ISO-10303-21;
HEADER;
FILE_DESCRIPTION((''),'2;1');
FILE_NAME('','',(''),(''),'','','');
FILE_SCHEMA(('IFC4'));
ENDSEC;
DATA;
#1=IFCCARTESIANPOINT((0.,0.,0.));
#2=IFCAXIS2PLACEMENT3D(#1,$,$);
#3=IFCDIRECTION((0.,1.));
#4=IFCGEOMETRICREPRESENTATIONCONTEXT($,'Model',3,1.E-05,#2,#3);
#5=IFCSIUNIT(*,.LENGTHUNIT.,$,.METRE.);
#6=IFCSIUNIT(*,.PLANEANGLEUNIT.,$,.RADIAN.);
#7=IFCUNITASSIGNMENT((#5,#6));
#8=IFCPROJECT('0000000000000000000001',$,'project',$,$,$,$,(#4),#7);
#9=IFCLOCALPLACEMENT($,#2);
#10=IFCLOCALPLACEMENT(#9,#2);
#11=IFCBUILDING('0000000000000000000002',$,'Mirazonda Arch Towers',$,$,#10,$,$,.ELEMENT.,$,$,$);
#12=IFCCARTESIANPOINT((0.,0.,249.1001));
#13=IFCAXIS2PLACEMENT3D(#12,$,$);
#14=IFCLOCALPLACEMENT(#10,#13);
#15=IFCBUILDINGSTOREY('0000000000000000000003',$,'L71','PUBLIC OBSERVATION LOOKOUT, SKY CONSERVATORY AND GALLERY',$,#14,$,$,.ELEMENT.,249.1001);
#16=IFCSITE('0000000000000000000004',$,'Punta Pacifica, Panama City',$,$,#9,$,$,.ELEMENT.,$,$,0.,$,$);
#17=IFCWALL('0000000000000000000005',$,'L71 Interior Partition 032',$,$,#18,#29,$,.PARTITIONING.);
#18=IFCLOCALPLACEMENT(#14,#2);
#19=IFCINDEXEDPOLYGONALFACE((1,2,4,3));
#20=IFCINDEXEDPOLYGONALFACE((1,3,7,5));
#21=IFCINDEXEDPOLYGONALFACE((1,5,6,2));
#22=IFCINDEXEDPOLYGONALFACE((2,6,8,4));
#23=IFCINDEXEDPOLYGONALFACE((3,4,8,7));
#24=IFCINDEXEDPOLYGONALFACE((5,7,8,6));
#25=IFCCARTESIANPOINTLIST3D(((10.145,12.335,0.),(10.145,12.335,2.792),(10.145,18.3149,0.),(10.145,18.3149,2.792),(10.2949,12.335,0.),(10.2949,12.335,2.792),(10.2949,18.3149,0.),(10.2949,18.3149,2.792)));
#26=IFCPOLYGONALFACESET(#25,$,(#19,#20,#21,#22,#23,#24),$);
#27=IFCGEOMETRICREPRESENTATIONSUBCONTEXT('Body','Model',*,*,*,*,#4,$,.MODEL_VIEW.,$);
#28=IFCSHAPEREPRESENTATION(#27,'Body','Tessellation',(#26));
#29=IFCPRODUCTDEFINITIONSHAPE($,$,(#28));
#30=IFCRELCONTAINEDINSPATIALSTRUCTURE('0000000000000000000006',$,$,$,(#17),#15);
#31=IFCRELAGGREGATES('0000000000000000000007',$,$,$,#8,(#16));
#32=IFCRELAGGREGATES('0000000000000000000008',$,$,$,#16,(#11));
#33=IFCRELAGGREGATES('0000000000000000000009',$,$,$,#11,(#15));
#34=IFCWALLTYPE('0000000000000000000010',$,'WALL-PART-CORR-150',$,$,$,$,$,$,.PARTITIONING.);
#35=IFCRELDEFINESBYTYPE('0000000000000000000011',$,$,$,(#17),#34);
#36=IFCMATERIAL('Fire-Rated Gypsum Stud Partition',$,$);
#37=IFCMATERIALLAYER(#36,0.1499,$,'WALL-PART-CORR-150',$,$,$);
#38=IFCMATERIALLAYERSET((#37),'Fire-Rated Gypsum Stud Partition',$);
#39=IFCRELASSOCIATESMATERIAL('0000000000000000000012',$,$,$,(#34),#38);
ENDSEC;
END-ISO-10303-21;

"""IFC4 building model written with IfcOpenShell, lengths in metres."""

from ifc_helpers import new_model, si_unit, direction, frame, frame_2d, origin, place, context, subcontext, project, spatial, rectangle, extrude, material, layer, layer_set, type_object, element, save


model = new_model("IFC4")

# Units and contexts
model_context = context("Model", 3, precision=1e-05, world=origin(), true_north=direction((0.0, 1.0)))
body_context = subcontext(model_context, "Body", "Model", "MODEL_VIEW")
ifc_project = project(units=[si_unit("LENGTHUNIT", "METRE"), si_unit("PLANEANGLEUNIT", "RADIAN")], contexts=[model_context])

# Site, building, storey
site_placement = place(None, origin())
site = spatial("IfcSite", under=ifc_project, at=site_placement, Name="Punta Pacifica, Panama City", CompositionType="ELEMENT", RefElevation=0.0)
building_placement = place(site_placement, origin())
building = spatial("IfcBuilding", under=site, at=building_placement, Name="Mirazonda Arch Towers", CompositionType="ELEMENT")
storey_placement = place(building_placement, frame((0.0, 0.0, 249.1001)))
storey = spatial("IfcBuildingStorey", under=building, at=storey_placement, Name="L71", Description="PUBLIC OBSERVATION LOOKOUT, SKY CONSERVATORY AND GALLERY", CompositionType="ELEMENT", Elevation=249.1001)

# Shared definitions
ifc_material_1 = material(Name="Fire-Rated Gypsum Stud Partition")
ifc_layer_1 = layer(ifc_material_1, 0.1499, Name="WALL-PART-CORR-150")
ifc_layer_set_1 = layer_set([ifc_layer_1], Name="Fire-Rated Gypsum Stud Partition")
wall_type_1 = type_object("IfcWallType", Name="WALL-PART-CORR-150", PredefinedType="PARTITIONING", material=ifc_layer_set_1)

# Wall
wall_1_placement = place(storey_placement, frame((10.22, 12.335, 0.0), z_axis=(0.0, 0.0, 1.0), x_axis=(0.0, 1.0, 0.0)))
element("IfcWall", 1, at=wall_1_placement, inside=storey, type_object=wall_type_1, Name="L71 Interior Partition 032", PredefinedType="PARTITIONING", context=body_context, shape_type="SweptSolid", body=[
    extrude(rectangle(XDim=5.98, YDim=0.1499, at=frame_2d((2.99, 0.0))), origin(), (0.0, 0.0, 1.0), 2.792),
])

save(model, "model.ifc")
